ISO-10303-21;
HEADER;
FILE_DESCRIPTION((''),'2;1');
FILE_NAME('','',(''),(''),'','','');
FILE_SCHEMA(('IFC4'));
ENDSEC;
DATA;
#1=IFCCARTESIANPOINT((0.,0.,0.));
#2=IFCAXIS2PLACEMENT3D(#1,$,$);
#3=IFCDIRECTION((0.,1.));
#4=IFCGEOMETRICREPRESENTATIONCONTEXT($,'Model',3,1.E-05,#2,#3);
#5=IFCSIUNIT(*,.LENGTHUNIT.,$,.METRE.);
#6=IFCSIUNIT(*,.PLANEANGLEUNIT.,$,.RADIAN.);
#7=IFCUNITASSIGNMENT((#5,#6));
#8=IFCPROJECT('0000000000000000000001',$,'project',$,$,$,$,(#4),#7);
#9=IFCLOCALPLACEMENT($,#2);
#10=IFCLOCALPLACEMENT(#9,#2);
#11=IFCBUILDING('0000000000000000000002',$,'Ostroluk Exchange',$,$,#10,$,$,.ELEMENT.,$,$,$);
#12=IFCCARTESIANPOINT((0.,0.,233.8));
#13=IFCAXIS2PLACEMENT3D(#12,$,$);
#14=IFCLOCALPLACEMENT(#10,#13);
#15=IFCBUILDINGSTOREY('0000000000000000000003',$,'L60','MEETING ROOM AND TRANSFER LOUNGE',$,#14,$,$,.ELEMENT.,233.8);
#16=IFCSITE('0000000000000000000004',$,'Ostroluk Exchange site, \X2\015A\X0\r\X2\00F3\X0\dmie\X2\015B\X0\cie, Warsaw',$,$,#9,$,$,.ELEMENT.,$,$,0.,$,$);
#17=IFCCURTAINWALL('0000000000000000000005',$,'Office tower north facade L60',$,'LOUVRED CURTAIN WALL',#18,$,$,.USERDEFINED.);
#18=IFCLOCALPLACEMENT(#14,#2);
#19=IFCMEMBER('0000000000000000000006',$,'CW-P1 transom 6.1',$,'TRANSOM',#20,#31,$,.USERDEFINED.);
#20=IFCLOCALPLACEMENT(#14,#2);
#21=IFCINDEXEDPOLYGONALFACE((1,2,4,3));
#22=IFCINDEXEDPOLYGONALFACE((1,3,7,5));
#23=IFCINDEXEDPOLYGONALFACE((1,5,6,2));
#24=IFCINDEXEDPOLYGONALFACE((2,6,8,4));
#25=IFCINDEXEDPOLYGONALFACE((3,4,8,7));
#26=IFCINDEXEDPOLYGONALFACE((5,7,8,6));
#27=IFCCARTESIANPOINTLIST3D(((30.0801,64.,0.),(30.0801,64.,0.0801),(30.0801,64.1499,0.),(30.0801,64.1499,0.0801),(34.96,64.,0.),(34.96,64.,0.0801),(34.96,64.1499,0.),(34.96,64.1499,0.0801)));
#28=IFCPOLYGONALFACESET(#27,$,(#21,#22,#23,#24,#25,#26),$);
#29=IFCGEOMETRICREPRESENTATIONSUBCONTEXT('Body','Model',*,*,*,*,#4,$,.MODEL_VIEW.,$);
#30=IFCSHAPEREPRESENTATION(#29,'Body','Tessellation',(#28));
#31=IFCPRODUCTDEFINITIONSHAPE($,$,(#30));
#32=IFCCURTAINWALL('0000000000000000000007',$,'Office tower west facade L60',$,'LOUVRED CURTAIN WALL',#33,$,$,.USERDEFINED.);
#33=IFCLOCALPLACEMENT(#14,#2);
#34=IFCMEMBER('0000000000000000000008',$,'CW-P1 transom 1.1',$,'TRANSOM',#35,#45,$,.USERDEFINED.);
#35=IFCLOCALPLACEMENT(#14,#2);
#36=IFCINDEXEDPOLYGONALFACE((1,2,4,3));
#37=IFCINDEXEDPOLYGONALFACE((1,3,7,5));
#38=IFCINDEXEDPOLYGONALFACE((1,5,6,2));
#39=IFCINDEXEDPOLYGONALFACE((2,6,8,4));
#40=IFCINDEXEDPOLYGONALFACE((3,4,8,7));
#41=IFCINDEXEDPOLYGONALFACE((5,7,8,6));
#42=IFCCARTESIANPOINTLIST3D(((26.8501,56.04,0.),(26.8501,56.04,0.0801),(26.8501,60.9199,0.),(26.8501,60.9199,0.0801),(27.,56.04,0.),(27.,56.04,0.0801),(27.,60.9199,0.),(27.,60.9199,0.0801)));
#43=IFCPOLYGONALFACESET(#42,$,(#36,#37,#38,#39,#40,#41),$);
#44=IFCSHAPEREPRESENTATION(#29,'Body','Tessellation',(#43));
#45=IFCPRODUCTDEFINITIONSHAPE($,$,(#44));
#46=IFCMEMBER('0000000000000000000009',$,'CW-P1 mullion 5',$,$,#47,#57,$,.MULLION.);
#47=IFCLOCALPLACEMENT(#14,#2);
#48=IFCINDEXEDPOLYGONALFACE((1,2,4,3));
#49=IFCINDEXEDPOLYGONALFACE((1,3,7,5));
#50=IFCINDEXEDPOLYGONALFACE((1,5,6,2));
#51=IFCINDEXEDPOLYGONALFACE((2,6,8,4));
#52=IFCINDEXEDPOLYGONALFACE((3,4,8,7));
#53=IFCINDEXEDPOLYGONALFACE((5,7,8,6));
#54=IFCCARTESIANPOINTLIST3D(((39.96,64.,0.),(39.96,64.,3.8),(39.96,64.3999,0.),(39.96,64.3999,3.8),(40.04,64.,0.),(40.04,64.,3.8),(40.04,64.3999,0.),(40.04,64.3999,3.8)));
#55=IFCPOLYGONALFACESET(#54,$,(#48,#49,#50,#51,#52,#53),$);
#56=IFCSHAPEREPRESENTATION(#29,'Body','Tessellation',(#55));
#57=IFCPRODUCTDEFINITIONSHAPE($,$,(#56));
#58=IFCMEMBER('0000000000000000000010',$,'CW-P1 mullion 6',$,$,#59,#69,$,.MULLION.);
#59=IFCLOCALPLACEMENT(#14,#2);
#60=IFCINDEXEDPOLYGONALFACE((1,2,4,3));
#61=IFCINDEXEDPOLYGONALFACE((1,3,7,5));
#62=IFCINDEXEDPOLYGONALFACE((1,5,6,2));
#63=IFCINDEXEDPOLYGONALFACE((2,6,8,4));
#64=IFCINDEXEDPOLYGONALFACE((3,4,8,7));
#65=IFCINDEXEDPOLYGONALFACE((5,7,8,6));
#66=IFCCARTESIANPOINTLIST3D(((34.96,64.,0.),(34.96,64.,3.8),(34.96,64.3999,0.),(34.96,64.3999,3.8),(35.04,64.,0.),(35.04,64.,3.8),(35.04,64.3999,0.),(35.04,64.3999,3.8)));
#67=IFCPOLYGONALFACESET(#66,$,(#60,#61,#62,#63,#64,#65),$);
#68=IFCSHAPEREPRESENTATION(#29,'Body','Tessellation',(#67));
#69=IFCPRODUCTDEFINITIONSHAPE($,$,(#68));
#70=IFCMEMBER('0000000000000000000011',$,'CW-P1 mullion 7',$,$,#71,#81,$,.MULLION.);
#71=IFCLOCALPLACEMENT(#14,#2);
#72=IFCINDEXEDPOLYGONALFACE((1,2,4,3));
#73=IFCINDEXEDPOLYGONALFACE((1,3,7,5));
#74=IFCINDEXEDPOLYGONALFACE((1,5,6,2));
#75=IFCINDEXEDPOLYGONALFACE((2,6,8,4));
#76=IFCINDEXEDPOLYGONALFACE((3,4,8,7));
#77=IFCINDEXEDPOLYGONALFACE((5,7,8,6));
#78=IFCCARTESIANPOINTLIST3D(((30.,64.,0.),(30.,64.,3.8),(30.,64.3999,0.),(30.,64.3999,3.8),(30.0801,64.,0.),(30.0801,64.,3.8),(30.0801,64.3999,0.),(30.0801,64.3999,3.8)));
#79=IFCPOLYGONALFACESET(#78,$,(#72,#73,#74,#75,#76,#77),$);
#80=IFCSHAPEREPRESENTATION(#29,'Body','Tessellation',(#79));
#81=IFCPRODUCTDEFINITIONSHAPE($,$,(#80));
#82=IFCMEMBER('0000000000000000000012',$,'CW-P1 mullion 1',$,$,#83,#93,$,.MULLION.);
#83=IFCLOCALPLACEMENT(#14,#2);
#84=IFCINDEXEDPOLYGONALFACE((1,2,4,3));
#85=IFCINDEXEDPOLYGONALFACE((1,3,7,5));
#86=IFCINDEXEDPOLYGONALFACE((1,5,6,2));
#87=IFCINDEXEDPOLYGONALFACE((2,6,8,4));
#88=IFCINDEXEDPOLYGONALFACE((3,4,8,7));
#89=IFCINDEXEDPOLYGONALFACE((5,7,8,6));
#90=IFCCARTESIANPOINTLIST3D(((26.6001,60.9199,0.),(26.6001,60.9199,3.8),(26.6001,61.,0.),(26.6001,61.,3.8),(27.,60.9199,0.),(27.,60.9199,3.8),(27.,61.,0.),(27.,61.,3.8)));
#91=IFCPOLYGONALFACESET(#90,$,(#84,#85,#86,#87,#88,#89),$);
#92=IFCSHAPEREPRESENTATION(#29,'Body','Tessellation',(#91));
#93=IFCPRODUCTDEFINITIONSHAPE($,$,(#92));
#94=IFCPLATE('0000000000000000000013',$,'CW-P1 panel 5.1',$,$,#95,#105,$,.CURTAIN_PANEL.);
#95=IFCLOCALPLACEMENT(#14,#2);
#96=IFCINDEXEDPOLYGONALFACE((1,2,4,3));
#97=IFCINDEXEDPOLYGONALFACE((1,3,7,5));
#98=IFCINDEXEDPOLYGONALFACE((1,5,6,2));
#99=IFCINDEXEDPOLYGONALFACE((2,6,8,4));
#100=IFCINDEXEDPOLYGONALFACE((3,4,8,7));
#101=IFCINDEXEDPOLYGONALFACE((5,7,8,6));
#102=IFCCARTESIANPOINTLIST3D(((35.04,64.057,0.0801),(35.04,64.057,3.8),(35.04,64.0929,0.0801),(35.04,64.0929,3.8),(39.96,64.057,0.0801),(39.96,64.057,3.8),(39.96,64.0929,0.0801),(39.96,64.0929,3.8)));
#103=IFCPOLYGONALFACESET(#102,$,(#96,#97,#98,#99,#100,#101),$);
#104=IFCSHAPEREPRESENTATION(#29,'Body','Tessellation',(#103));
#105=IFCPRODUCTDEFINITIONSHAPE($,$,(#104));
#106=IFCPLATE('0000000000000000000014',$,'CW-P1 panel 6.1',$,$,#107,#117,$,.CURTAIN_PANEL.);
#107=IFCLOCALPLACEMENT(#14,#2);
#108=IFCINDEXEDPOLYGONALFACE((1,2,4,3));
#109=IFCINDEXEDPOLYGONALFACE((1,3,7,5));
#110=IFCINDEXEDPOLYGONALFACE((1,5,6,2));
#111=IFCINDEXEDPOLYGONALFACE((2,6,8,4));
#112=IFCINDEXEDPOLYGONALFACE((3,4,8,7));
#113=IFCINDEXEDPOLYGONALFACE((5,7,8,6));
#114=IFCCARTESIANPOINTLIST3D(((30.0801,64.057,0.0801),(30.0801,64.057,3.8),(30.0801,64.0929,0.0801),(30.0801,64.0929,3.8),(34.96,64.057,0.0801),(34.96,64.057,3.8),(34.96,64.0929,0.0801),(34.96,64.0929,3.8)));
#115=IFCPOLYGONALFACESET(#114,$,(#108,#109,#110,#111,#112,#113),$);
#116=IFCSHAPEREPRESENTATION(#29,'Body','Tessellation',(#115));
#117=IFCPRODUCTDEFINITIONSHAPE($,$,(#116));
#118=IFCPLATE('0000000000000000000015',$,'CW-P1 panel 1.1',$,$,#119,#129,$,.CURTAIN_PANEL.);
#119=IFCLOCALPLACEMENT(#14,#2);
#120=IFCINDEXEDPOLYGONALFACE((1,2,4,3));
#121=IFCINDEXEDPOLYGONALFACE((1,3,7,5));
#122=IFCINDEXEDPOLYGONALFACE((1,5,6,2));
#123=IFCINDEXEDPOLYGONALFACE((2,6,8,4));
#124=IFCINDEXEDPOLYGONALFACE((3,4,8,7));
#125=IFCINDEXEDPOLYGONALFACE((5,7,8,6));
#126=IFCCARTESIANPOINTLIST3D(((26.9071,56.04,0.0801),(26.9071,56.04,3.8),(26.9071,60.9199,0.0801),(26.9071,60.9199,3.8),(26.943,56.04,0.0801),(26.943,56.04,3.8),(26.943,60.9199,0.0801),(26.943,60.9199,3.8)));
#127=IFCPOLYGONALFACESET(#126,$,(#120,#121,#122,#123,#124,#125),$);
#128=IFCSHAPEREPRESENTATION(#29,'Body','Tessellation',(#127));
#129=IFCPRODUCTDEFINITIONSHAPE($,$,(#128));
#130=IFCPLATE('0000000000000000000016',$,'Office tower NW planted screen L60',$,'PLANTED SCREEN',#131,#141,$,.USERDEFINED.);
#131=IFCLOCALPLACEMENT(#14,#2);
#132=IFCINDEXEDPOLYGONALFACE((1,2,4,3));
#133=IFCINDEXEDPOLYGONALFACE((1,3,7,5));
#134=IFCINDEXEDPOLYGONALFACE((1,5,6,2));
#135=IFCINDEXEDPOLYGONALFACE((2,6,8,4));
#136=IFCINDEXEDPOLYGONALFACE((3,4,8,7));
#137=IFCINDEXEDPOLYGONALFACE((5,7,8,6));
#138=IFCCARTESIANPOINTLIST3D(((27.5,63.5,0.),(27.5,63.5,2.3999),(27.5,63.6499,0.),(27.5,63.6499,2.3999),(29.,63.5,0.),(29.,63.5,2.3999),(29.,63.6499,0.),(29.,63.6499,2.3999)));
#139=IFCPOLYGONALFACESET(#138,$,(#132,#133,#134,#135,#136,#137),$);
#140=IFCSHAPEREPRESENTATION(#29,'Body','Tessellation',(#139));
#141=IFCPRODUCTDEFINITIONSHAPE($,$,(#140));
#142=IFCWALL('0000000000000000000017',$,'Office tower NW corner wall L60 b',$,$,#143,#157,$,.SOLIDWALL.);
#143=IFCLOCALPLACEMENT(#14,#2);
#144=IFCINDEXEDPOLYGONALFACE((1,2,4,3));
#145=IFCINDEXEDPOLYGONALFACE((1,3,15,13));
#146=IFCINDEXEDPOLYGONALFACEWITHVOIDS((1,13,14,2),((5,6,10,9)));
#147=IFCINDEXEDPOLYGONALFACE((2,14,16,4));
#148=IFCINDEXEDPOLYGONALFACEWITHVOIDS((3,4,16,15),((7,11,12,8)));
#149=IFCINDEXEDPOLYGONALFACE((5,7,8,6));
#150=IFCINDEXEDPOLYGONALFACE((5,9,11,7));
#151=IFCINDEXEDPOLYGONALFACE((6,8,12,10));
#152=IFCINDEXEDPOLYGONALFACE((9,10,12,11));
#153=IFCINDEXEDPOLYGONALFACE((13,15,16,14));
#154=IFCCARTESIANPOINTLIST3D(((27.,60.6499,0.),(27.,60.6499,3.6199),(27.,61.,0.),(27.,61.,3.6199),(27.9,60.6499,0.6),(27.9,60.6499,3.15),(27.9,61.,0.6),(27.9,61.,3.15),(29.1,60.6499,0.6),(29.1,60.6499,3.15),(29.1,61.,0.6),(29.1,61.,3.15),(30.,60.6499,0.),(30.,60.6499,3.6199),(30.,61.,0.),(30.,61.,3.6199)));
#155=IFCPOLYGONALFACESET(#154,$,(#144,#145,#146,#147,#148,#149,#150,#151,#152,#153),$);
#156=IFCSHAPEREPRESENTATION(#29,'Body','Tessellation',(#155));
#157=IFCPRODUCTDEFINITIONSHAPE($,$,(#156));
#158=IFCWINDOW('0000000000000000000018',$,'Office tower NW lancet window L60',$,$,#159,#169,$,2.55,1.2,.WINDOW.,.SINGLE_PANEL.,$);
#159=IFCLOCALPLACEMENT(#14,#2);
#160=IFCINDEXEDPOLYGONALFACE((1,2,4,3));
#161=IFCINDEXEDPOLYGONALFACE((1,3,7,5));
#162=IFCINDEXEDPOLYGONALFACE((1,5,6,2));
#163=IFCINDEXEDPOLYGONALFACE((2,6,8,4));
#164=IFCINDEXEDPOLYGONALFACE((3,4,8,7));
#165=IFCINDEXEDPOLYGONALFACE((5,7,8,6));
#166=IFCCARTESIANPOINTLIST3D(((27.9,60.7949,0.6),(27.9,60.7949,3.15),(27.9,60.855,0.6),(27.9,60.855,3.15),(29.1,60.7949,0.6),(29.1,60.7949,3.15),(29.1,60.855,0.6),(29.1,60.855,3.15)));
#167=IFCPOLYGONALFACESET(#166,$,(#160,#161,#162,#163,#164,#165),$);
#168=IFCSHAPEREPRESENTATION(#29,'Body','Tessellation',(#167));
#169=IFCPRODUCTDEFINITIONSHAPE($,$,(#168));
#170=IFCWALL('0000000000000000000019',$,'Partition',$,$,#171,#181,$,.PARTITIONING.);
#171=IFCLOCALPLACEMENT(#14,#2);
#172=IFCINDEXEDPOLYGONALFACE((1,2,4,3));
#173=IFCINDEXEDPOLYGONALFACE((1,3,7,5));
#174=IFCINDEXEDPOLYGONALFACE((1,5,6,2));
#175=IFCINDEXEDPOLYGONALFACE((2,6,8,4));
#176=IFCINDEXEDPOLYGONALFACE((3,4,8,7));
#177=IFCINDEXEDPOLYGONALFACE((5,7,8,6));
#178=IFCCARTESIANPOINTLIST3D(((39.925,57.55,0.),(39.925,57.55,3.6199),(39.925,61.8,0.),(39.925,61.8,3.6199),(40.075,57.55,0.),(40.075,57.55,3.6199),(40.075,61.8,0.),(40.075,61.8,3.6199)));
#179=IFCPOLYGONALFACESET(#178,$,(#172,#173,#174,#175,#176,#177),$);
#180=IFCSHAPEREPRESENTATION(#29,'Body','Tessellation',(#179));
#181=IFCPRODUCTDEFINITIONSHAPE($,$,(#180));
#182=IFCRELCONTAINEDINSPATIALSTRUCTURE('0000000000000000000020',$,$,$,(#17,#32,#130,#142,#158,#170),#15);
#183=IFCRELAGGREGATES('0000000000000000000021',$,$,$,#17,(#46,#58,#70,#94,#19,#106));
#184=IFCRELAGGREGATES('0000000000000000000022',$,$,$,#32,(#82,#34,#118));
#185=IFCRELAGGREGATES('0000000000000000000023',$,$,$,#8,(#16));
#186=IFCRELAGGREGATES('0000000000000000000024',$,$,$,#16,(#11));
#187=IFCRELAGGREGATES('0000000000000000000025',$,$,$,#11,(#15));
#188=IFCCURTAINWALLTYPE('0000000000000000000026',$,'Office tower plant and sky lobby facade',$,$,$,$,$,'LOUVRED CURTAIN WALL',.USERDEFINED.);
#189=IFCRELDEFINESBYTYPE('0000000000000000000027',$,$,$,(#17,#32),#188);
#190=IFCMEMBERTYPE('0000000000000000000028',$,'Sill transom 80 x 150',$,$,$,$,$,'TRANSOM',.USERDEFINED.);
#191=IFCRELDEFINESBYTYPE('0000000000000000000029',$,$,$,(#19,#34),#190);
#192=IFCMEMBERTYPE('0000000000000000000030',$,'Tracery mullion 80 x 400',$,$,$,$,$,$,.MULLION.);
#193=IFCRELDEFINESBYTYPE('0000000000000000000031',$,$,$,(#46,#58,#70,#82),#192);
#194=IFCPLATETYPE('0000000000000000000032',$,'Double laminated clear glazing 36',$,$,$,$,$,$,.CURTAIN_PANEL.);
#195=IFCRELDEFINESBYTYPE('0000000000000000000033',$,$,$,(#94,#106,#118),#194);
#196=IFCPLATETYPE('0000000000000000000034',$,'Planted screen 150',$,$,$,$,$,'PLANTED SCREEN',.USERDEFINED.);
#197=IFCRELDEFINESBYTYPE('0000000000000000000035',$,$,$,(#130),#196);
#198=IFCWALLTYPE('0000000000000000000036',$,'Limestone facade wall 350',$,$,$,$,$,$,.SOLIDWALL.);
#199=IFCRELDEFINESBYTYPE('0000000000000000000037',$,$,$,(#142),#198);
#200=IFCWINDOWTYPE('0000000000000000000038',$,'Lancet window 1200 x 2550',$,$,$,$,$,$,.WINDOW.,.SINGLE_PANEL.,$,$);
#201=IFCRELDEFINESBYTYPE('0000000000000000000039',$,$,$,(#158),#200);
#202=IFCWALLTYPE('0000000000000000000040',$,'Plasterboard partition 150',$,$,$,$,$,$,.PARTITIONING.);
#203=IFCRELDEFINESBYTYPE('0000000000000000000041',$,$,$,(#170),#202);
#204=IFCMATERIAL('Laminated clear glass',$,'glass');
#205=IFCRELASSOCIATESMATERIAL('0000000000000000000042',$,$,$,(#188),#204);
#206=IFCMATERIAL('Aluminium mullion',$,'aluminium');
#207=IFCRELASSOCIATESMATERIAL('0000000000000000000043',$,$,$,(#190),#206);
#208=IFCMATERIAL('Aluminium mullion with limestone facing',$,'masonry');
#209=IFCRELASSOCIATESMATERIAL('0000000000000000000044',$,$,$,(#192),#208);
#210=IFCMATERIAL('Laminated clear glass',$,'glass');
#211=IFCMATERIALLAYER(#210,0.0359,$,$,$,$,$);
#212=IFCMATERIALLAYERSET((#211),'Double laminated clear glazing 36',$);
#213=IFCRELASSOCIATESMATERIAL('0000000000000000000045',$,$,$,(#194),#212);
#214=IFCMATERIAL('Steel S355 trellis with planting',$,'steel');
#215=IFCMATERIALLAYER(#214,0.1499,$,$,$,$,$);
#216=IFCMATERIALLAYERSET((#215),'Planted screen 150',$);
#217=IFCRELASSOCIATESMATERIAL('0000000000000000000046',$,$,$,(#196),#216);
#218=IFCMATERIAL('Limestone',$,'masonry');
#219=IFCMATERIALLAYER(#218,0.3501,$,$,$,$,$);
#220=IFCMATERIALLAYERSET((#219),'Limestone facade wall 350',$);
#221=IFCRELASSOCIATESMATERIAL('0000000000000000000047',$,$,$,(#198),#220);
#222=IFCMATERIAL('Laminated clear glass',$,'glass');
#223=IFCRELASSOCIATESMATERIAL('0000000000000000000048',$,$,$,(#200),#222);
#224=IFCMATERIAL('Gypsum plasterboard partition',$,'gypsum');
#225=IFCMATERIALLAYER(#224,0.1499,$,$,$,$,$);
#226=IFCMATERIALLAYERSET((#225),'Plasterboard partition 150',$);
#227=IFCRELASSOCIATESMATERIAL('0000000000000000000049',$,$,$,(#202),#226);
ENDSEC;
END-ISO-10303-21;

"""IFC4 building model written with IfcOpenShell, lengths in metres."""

from ifc_helpers import new_model, si_unit, direction, frame, frame_2d, origin, origin_2d, place, context, subcontext, project, spatial, rectangle, extrude, material, layer, layer_set, material_profile, profile_set, type_object, element, fill, aggregate, save


model = new_model("IFC4")

# Units and contexts
model_context = context("Model", 3, precision=1e-05, world=origin(), true_north=direction((0.0, 1.0)))
body_context = subcontext(model_context, "Body", "Model", "MODEL_VIEW")
ifc_project = project(units=[si_unit("LENGTHUNIT", "METRE"), si_unit("PLANEANGLEUNIT", "RADIAN")], contexts=[model_context])

# Site, building, storey
site_placement = place(None, origin())
site = spatial("IfcSite", under=ifc_project, at=site_placement, Name="Ostroluk Exchange site, Śródmieście, Warsaw", CompositionType="ELEMENT", RefElevation=0.0)
building_placement = place(site_placement, origin())
building = spatial("IfcBuilding", under=site, at=building_placement, Name="Ostroluk Exchange", CompositionType="ELEMENT")
storey_placement = place(building_placement, frame((0.0, 0.0, 233.8)))
storey = spatial("IfcBuildingStorey", under=building, at=storey_placement, Name="L60", Description="MEETING ROOM AND TRANSFER LOUNGE", CompositionType="ELEMENT", Elevation=233.8)

# Curtain wall, member
ifc_material_1 = material(Name="Laminated clear glass", Category="glass")
curtain_wall_type = type_object("IfcCurtainWallType", Name="Office tower plant and sky lobby facade", ElementType="LOUVRED CURTAIN WALL", PredefinedType="USERDEFINED", material=ifc_material_1)
curtain_wall_1_placement = place(storey_placement, origin())
curtain_wall_1 = element("IfcCurtainWall", 1, at=curtain_wall_1_placement, inside=storey, type_object=curtain_wall_type, Name="Office tower north facade L60", ObjectType="LOUVRED CURTAIN WALL", PredefinedType="USERDEFINED")
ifc_material_2 = material(Name="Aluminium mullion", Category="aluminium")
ifc_material_profile_1 = material_profile(ifc_material_2, rectangle(XDim=0.1499, YDim=0.0801, at=origin_2d()), Name="Sill transom 80 x 150")
ifc_profile_set_1 = profile_set([ifc_material_profile_1], Name="Aluminium mullion")
member_type_1 = type_object("IfcMemberType", Name="Sill transom 80 x 150", ElementType="TRANSOM", PredefinedType="USERDEFINED", material=ifc_profile_set_1)
member_1_placement = place(storey_placement, frame((34.96, 64.075, 0.04), z_axis=(-1.0, 0.0, 0.0), x_axis=(0.0, -1.0, 0.0)))
member_1 = element("IfcMember", 2, at=member_1_placement, type_object=member_type_1, Name="CW-P1 transom 6.1", ObjectType="TRANSOM", PredefinedType="USERDEFINED", context=body_context, shape_type="SweptSolid", body=[
    extrude(rectangle(XDim=0.1499, YDim=0.0801, at=origin_2d()), origin(), (0.0, 0.0, 1.0), 4.8799),
])

# Curtain wall, member
curtain_wall_2_placement = place(storey_placement, origin())
curtain_wall_2 = element("IfcCurtainWall", 3, at=curtain_wall_2_placement, inside=storey, type_object=curtain_wall_type, Name="Office tower west facade L60", ObjectType="LOUVRED CURTAIN WALL", PredefinedType="USERDEFINED")
member_2_placement = place(storey_placement, frame((26.925, 60.9199, 0.04), z_axis=(0.0, -1.0, 0.0), x_axis=(1.0, 0.0, 0.0)))
member_2 = element("IfcMember", 4, at=member_2_placement, type_object=member_type_1, Name="CW-P1 transom 1.1", ObjectType="TRANSOM", PredefinedType="USERDEFINED", context=body_context, shape_type="SweptSolid", body=[
    extrude(rectangle(XDim=0.1499, YDim=0.0801, at=origin_2d()), origin(), (0.0, 0.0, 1.0), 4.8799),
])

# Members
ifc_material_3 = material(Name="Aluminium mullion with limestone facing", Category="masonry")
ifc_material_profile_2 = material_profile(ifc_material_3, rectangle(XDim=0.3999, YDim=0.0801, at=origin_2d()), Name="Tracery mullion 80 x 400")
ifc_profile_set_2 = profile_set([ifc_material_profile_2], Name="Aluminium mullion with limestone facing")
member_type_2 = type_object("IfcMemberType", Name="Tracery mullion 80 x 400", PredefinedType="MULLION", material=ifc_profile_set_2)
member_3_placement = place(storey_placement, frame((40.0, 64.2, 0.0), z_axis=(0.0, 0.0, 1.0), x_axis=(0.0, -1.0, 0.0)))
member_3 = element("IfcMember", 5, at=member_3_placement, type_object=member_type_2, Name="CW-P1 mullion 5", PredefinedType="MULLION", context=body_context, shape_type="SweptSolid", body=[
    extrude(rectangle(XDim=0.3999, YDim=0.0801, at=origin_2d()), origin(), (0.0, 0.0, 1.0), 3.8),
])
member_4_placement = place(storey_placement, frame((35.0, 64.2, 0.0), z_axis=(0.0, 0.0, 1.0), x_axis=(0.0, -1.0, 0.0)))
member_4 = element("IfcMember", 6, at=member_4_placement, type_object=member_type_2, Name="CW-P1 mullion 6", PredefinedType="MULLION", context=body_context, shape_type="SweptSolid", body=[
    extrude(rectangle(XDim=0.3999, YDim=0.0801, at=origin_2d()), origin(), (0.0, 0.0, 1.0), 3.8),
])
member_5_placement = place(storey_placement, frame((30.04, 64.2, 0.0), z_axis=(0.0, 0.0, 1.0), x_axis=(0.0, -1.0, 0.0)))
member_5 = element("IfcMember", 7, at=member_5_placement, type_object=member_type_2, Name="CW-P1 mullion 7", PredefinedType="MULLION", context=body_context, shape_type="SweptSolid", body=[
    extrude(rectangle(XDim=0.3999, YDim=0.0801, at=origin_2d()), origin(), (0.0, 0.0, 1.0), 3.8),
])
member_6_placement = place(storey_placement, frame((26.8, 60.96, 0.0), z_axis=(0.0, 0.0, 1.0), x_axis=(1.0, 0.0, 0.0)))
member_6 = element("IfcMember", 8, at=member_6_placement, type_object=member_type_2, Name="CW-P1 mullion 1", PredefinedType="MULLION", context=body_context, shape_type="SweptSolid", body=[
    extrude(rectangle(XDim=0.3999, YDim=0.0801, at=origin_2d()), origin(), (0.0, 0.0, 1.0), 3.8),
])

# Plates
ifc_material_4 = material(Name="Laminated clear glass", Category="glass")
ifc_layer_1 = layer(ifc_material_4, 0.0359)
ifc_layer_set_1 = layer_set([ifc_layer_1], Name="Double laminated clear glazing 36")
plate_type_1 = type_object("IfcPlateType", Name="Double laminated clear glazing 36", PredefinedType="CURTAIN_PANEL", material=ifc_layer_set_1)
plate_1_placement = place(storey_placement, frame((37.5, 64.075, 0.0801), z_axis=(0.0, 0.0, 1.0), x_axis=(-1.0, 0.0, 0.0)))
plate_1 = element("IfcPlate", 9, at=plate_1_placement, type_object=plate_type_1, Name="CW-P1 panel 5.1", PredefinedType="CURTAIN_PANEL", context=body_context, shape_type="SweptSolid", body=[
    extrude(rectangle(XDim=4.9199, YDim=0.0359, at=origin_2d()), origin(), (0.0, 0.0, 1.0), 3.72),
])
plate_2_placement = place(storey_placement, frame((32.52, 64.075, 0.0801), z_axis=(0.0, 0.0, 1.0), x_axis=(-1.0, 0.0, 0.0)))
plate_2 = element("IfcPlate", 10, at=plate_2_placement, type_object=plate_type_1, Name="CW-P1 panel 6.1", PredefinedType="CURTAIN_PANEL", context=body_context, shape_type="SweptSolid", body=[
    extrude(rectangle(XDim=4.8799, YDim=0.0359, at=origin_2d()), origin(), (0.0, 0.0, 1.0), 3.72),
])
aggregate(curtain_wall_1, [member_3, member_4, member_5, plate_1, member_1, plate_2])
plate_3_placement = place(storey_placement, frame((26.925, 58.48, 0.0801), z_axis=(0.0, 0.0, 1.0), x_axis=(0.0, -1.0, 0.0)))
plate_3 = element("IfcPlate", 11, at=plate_3_placement, type_object=plate_type_1, Name="CW-P1 panel 1.1", PredefinedType="CURTAIN_PANEL", context=body_context, shape_type="SweptSolid", body=[
    extrude(rectangle(XDim=4.8799, YDim=0.0359, at=origin_2d()), origin(), (0.0, 0.0, 1.0), 3.72),
])
aggregate(curtain_wall_2, [member_6, member_2, plate_3])
ifc_material_5 = material(Name="Steel S355 trellis with planting", Category="steel")
ifc_layer_2 = layer(ifc_material_5, 0.1499)
ifc_layer_set_2 = layer_set([ifc_layer_2], Name="Planted screen 150")
plate_type_2 = type_object("IfcPlateType", Name="Planted screen 150", ElementType="PLANTED SCREEN", PredefinedType="USERDEFINED", material=ifc_layer_set_2)
plate_4_placement = place(storey_placement, frame((28.25, 63.575, 0.0), z_axis=(0.0, 0.0, 1.0), x_axis=(1.0, 0.0, 0.0)))
element("IfcPlate", 12, at=plate_4_placement, inside=storey, type_object=plate_type_2, Name="Office tower NW planted screen L60", ObjectType="PLANTED SCREEN", PredefinedType="USERDEFINED", context=body_context, shape_type="SweptSolid", body=[
    extrude(rectangle(XDim=1.5, YDim=0.1499, at=origin_2d()), origin(), (0.0, 0.0, 1.0), 2.3999),
])

# Shared definitions
ifc_material_6 = material(Name="Limestone", Category="masonry")
ifc_layer_3 = layer(ifc_material_6, 0.3501)
ifc_layer_set_3 = layer_set([ifc_layer_3], Name="Limestone facade wall 350")
wall_type_1 = type_object("IfcWallType", Name="Limestone facade wall 350", PredefinedType="SOLIDWALL", material=ifc_layer_set_3)

# Wall, opening, window
wall_1_placement = place(storey_placement, frame((30.0, 60.825, 0.0), z_axis=(0.0, 0.0, 1.0), x_axis=(-1.0, 0.0, 0.0)))
wall_1 = element("IfcWall", 13, at=wall_1_placement, inside=storey, type_object=wall_type_1, Name="Office tower NW corner wall L60 b", PredefinedType="SOLIDWALL", context=body_context, shape_type="SweptSolid", body=[
    extrude(rectangle(XDim=3.0, YDim=0.3501, at=frame_2d((1.5, 0.0))), origin(), (0.0, 0.0, 1.0), 3.6199),
])
opening_1_placement = place(wall_1_placement, frame((0.8999, 0.0, 0.6001)))
opening_1 = element("IfcOpeningElement", 14, at=opening_1_placement, cuts=wall_1, PredefinedType="OPENING", context=body_context, shape_type="SweptSolid", body=[
    extrude(rectangle(XDim=1.2, YDim=2.55, at=frame_2d((0.6001, 1.2749))), frame((0.0, 0.1851, 0.0), z_axis=(0.0, -1.0, 0.0), x_axis=(1.0, 0.0, 0.0)), (0.0, 0.0, 1.0), 0.3701),
])
ifc_material_7 = material(Name="Laminated clear glass", Category="glass")
window_type = type_object("IfcWindowType", Name="Lancet window 1200 x 2550", PartitioningType="SINGLE_PANEL", PredefinedType="WINDOW", material=ifc_material_7)
window_placement = place(opening_1_placement, origin())
window = element("IfcWindow", 15, at=window_placement, inside=storey, type_object=window_type, Name="Office tower NW lancet window L60", OverallHeight=2.55, OverallWidth=1.2, PartitioningType="SINGLE_PANEL", PredefinedType="WINDOW", context=body_context, shape_type="SweptSolid", body=[
    extrude(rectangle(XDim=1.2, YDim=2.55, at=frame_2d((0.6001, 1.2749))), frame((0.0, 0.03, 0.0), z_axis=(0.0, -1.0, 0.0), x_axis=(1.0, 0.0, 0.0)), (0.0, 0.0, 1.0), 0.0601),
])
fill(opening_1, window)

# Wall
ifc_material_8 = material(Name="Gypsum plasterboard partition", Category="gypsum")
ifc_layer_4 = layer(ifc_material_8, 0.1499)
ifc_layer_set_4 = layer_set([ifc_layer_4], Name="Plasterboard partition 150")
wall_type_2 = type_object("IfcWallType", Name="Plasterboard partition 150", PredefinedType="PARTITIONING", material=ifc_layer_set_4)
wall_2_placement = place(storey_placement, frame((40.0, 57.55, 0.0), z_axis=(0.0, 0.0, 1.0), x_axis=(0.0, 1.0, 0.0)))
element("IfcWall", 16, at=wall_2_placement, inside=storey, type_object=wall_type_2, Name="Partition", PredefinedType="PARTITIONING", context=body_context, shape_type="SweptSolid", body=[
    extrude(rectangle(XDim=4.25, YDim=0.1499, at=frame_2d((2.125, 0.0))), origin(), (0.0, 0.0, 1.0), 3.6199),
])

save(model, "model.ifc")
